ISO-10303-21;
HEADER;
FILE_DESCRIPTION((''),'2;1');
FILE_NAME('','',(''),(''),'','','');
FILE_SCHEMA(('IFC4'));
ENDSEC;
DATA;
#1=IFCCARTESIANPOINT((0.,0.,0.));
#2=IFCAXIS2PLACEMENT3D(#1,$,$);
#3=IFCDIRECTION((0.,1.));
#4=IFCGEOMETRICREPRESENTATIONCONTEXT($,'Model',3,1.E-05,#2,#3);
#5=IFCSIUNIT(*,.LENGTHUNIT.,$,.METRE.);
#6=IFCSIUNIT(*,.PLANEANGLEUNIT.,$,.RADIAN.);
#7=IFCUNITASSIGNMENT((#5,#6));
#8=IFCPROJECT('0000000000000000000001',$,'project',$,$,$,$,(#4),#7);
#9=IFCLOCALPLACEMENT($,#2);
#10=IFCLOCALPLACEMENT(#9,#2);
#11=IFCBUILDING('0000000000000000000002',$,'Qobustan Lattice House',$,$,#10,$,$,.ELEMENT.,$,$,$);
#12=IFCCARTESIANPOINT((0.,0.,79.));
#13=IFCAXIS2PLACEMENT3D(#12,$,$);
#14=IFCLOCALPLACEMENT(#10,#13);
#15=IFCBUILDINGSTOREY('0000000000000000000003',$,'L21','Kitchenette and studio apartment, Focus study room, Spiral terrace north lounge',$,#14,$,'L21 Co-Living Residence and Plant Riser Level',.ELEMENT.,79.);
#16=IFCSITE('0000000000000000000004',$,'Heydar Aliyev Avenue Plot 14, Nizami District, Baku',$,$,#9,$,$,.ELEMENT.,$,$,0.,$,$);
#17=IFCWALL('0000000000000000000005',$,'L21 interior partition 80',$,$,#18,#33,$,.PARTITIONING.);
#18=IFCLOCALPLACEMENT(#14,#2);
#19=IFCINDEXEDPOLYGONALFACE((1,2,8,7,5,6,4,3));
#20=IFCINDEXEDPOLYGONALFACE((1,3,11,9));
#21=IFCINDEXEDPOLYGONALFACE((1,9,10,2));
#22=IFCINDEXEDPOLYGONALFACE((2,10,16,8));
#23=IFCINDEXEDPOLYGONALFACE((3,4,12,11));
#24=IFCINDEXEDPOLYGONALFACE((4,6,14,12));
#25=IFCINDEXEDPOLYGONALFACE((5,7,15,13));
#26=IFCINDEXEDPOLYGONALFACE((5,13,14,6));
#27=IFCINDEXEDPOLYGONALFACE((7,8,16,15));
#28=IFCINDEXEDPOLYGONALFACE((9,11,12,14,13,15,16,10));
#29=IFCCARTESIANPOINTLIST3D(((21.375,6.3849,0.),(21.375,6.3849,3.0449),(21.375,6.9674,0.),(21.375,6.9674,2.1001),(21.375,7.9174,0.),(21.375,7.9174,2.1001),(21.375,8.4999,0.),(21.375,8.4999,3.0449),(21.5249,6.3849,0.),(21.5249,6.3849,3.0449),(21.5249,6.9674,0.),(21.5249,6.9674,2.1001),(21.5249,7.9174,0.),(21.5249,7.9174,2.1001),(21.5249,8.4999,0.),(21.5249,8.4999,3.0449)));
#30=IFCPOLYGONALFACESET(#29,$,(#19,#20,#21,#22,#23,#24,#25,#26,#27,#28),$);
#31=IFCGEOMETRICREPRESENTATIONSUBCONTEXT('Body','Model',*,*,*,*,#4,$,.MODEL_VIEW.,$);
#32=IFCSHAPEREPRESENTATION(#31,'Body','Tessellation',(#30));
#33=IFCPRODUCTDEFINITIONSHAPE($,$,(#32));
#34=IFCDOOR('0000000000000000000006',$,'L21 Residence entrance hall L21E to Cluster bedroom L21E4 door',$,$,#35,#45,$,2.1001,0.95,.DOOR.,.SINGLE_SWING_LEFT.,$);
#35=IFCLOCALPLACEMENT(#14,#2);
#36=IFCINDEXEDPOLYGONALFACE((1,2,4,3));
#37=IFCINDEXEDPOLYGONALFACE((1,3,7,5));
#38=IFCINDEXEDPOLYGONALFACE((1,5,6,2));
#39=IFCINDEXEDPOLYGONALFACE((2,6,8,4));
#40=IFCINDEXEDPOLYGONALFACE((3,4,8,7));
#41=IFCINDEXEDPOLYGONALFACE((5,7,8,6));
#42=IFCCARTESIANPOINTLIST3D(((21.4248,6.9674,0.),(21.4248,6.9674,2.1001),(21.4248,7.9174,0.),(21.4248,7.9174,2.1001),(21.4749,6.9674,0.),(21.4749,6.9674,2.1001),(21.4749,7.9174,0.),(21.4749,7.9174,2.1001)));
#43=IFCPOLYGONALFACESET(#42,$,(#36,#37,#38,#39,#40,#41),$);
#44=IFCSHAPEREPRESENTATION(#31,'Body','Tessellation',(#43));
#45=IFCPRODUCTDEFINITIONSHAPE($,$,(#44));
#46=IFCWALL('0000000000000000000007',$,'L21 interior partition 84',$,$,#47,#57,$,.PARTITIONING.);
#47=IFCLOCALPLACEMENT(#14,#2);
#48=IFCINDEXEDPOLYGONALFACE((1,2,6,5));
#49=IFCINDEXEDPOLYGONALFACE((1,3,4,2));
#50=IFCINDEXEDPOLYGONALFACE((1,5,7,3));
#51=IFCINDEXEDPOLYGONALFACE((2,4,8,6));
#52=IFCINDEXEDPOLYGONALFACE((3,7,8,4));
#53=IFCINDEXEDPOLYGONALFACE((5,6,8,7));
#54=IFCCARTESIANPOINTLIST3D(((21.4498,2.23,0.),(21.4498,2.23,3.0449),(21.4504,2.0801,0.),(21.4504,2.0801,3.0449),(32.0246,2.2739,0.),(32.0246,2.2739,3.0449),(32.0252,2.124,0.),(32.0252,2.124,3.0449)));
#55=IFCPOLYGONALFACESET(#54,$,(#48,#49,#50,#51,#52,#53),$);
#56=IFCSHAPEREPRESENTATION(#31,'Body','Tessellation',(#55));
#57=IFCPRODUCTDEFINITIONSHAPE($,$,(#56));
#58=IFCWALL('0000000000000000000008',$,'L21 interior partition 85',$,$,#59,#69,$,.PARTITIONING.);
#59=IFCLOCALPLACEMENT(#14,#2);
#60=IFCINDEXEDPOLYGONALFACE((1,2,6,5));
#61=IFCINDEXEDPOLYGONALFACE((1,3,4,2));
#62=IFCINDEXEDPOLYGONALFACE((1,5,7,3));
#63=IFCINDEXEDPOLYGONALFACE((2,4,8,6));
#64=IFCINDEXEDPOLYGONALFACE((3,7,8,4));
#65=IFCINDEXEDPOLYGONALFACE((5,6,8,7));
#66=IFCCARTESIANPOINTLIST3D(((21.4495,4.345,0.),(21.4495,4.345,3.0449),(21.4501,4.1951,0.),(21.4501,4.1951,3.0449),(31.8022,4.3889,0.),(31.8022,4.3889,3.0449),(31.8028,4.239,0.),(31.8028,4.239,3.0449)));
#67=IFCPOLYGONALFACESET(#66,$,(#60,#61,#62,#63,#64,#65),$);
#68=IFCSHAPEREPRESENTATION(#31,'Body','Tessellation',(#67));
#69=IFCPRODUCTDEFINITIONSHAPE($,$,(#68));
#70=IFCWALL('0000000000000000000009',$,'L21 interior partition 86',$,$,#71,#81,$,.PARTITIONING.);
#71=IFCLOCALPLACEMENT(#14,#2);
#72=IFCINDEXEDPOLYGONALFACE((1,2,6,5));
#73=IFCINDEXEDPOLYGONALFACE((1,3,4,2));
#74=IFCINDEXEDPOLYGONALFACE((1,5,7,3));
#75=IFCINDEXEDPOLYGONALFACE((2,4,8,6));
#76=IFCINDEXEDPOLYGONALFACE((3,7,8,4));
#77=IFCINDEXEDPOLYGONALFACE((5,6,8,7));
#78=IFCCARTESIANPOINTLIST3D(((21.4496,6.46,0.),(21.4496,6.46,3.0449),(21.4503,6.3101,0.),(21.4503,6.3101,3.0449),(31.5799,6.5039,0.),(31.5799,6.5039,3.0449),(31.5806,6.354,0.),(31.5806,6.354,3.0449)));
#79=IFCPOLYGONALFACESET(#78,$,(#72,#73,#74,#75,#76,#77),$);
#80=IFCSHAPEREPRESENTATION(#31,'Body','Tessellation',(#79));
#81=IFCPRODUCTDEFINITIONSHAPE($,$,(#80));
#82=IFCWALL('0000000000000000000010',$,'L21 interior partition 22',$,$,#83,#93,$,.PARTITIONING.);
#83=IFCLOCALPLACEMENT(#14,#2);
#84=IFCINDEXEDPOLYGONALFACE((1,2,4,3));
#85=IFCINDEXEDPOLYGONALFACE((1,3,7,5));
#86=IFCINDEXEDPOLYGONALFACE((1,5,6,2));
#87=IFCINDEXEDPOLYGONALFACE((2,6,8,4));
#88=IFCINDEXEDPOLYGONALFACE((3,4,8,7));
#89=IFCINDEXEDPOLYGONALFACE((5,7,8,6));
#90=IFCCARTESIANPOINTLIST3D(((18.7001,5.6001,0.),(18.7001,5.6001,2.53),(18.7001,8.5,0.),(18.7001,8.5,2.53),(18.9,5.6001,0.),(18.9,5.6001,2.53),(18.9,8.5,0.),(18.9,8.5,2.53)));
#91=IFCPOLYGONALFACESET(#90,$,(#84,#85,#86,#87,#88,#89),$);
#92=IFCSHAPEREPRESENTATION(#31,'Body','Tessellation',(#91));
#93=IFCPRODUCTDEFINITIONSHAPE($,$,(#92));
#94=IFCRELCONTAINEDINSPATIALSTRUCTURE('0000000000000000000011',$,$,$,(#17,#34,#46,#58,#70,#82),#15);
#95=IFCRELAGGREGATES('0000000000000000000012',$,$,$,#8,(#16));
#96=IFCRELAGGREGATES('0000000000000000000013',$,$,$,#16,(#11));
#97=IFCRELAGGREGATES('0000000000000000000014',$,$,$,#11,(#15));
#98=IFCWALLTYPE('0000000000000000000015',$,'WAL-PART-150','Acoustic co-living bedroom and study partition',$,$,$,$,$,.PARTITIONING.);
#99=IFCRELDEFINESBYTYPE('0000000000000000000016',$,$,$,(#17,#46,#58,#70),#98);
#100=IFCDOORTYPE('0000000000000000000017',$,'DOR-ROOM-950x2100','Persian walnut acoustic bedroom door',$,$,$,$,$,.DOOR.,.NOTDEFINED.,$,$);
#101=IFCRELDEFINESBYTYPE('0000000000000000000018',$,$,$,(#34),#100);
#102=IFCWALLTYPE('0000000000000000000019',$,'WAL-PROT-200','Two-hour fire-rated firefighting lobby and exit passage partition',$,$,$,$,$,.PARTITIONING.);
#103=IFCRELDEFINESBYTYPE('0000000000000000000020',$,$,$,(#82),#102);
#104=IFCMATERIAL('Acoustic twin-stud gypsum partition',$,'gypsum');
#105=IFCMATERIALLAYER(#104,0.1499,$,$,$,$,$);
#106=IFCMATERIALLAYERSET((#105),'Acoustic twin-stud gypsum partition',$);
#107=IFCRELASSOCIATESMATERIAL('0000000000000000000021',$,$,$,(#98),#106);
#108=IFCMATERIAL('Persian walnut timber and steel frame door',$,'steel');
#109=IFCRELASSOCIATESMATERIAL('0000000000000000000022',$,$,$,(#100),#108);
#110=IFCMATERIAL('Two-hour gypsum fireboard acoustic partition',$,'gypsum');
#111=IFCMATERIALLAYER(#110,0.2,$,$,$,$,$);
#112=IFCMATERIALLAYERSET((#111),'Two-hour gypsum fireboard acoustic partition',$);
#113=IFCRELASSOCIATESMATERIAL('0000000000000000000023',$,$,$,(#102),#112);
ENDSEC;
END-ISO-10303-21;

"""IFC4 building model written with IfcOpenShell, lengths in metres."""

from ifc_helpers import new_model, si_unit, direction, frame, frame_2d, origin, place, context, subcontext, project, spatial, rectangle, extrude, material, layer, layer_set, type_object, element, fill, save


model = new_model("IFC4")

# Units and contexts
model_context = context("Model", 3, precision=1e-05, world=origin(), true_north=direction((0.0, 1.0)))
body_context = subcontext(model_context, "Body", "Model", "MODEL_VIEW")
ifc_project = project(units=[si_unit("LENGTHUNIT", "METRE"), si_unit("PLANEANGLEUNIT", "RADIAN")], contexts=[model_context])

# Site, building, storey
site_placement = place(None, origin())
site = spatial("IfcSite", under=ifc_project, at=site_placement, Name="Heydar Aliyev Avenue Plot 14, Nizami District, Baku", CompositionType="ELEMENT", RefElevation=0.0)
building_placement = place(site_placement, origin())
building = spatial("IfcBuilding", under=site, at=building_placement, Name="Qobustan Lattice House", CompositionType="ELEMENT")
storey_placement = place(building_placement, frame((0.0, 0.0, 79.0)))
storey = spatial("IfcBuildingStorey", under=building, at=storey_placement, Name="L21", Description="Kitchenette and studio apartment, Focus study room, Spiral terrace north lounge", LongName="L21 Co-Living Residence and Plant Riser Level", CompositionType="ELEMENT", Elevation=79.0)

# Shared definitions
ifc_material_1 = material(Name="Acoustic twin-stud gypsum partition", Category="gypsum")
ifc_layer_1 = layer(ifc_material_1, 0.1499)
ifc_layer_set_1 = layer_set([ifc_layer_1], Name="Acoustic twin-stud gypsum partition")
wall_type_1 = type_object("IfcWallType", Name="WAL-PART-150", Description="Acoustic co-living bedroom and study partition", PredefinedType="PARTITIONING", material=ifc_layer_set_1)

# Wall, opening, door
ifc_material_2 = material(Name="Persian walnut timber and steel frame door", Category="steel")
door_type_1 = type_object("IfcDoorType", Name="DOR-ROOM-950x2100", Description="Persian walnut acoustic bedroom door", OperationType="NOTDEFINED", PredefinedType="DOOR", material=ifc_material_2)
wall_1_placement = place(storey_placement, frame((21.45, 8.5, 0.0), z_axis=(0.0, 0.0, 1.0), x_axis=(0.0, -1.0, 0.0)))
wall_1 = element("IfcWall", 1, at=wall_1_placement, inside=storey, type_object=wall_type_1, Name="L21 interior partition 80", PredefinedType="PARTITIONING", context=body_context, shape_type="SweptSolid", body=[
    extrude(rectangle(XDim=2.115, YDim=0.1499, at=frame_2d((1.0576, 0.0))), origin(), (0.0, 0.0, 1.0), 3.0449),
])
opening_1_placement = place(wall_1_placement, frame((0.5825, 0.0, 0.0)))
opening_1 = element("IfcOpeningElement", 2, at=opening_1_placement, cuts=wall_1, PredefinedType="OPENING", context=body_context, shape_type="SweptSolid", body=[
    extrude(rectangle(XDim=0.95, YDim=2.1001, at=frame_2d((0.4751, 1.05))), frame((0.0, 0.085, 0.0), z_axis=(0.0, -1.0, 0.0), x_axis=(1.0, 0.0, 0.0)), (0.0, 0.0, 1.0), 0.1699),
])
door_1_placement = place(opening_1_placement, origin())
door_1 = element("IfcDoor", 3, at=door_1_placement, inside=storey, type_object=door_type_1, Name="L21 Residence entrance hall L21E to Cluster bedroom L21E4 door", OperationType="SINGLE_SWING_LEFT", OverallHeight=2.1001, OverallWidth=0.95, PredefinedType="DOOR", context=body_context, shape_type="SweptSolid", body=[
    extrude(rectangle(XDim=0.95, YDim=2.1001, at=frame_2d((0.4751, 1.05))), frame((0.0, 0.0249, 0.0), z_axis=(0.0, -1.0, 0.0), x_axis=(1.0, 0.0, 0.0)), (0.0, 0.0, 1.0), 0.05),
])
fill(opening_1, door_1)

# Walls
wall_2_placement = place(storey_placement, frame((21.45, 2.155, 0.0), z_axis=(0.0, 0.0, 1.0), x_axis=(0.999991, 0.004156, 0.0)))
element("IfcWall", 4, at=wall_2_placement, inside=storey, type_object=wall_type_1, Name="L21 interior partition 84", PredefinedType="PARTITIONING", context=body_context, shape_type="SweptSolid", body=[
    extrude(rectangle(XDim=10.575, YDim=0.1499, at=frame_2d((5.2876, 0.0))), origin(), (0.0, 0.0, 1.0), 3.0449),
])
wall_3_placement = place(storey_placement, frame((21.45, 4.27, 0.0), z_axis=(0.0, 0.0, 1.0), x_axis=(0.999991, 0.004245, 0.0)))
element("IfcWall", 5, at=wall_3_placement, inside=storey, type_object=wall_type_1, Name="L21 interior partition 85", PredefinedType="PARTITIONING", context=body_context, shape_type="SweptSolid", body=[
    extrude(rectangle(XDim=10.3528, YDim=0.1499, at=frame_2d((5.1763, 0.0))), origin(), (0.0, 0.0, 1.0), 3.0449),
])
wall_4_placement = place(storey_placement, frame((21.45, 6.385, 0.0), z_axis=(0.0, 0.0, 1.0), x_axis=(0.999991, 0.004338, 0.0)))
element("IfcWall", 6, at=wall_4_placement, inside=storey, type_object=wall_type_1, Name="L21 interior partition 86", PredefinedType="PARTITIONING", context=body_context, shape_type="SweptSolid", body=[
    extrude(rectangle(XDim=10.1304, YDim=0.1499, at=frame_2d((5.0652, 0.0))), origin(), (0.0, 0.0, 1.0), 3.0449),
])

# Shared definitions
ifc_material_3 = material(Name="Two-hour gypsum fireboard acoustic partition", Category="gypsum")
ifc_layer_2 = layer(ifc_material_3, 0.2)
ifc_layer_set_2 = layer_set([ifc_layer_2], Name="Two-hour gypsum fireboard acoustic partition")
wall_type_2 = type_object("IfcWallType", Name="WAL-PROT-200", Description="Two-hour fire-rated firefighting lobby and exit passage partition", PredefinedType="PARTITIONING", material=ifc_layer_set_2)

# Wall
wall_5_placement = place(storey_placement, frame((18.8, 5.6001, 0.0), z_axis=(0.0, 0.0, 1.0), x_axis=(0.0, 1.0, 0.0)))
element("IfcWall", 7, at=wall_5_placement, inside=storey, type_object=wall_type_2, Name="L21 interior partition 22", PredefinedType="PARTITIONING", context=body_context, shape_type="SweptSolid", body=[
    extrude(rectangle(XDim=2.8999, YDim=0.2, at=frame_2d((1.45, 0.0))), origin(), (0.0, 0.0, 1.0), 2.53),
])

save(model, "model.ifc")
